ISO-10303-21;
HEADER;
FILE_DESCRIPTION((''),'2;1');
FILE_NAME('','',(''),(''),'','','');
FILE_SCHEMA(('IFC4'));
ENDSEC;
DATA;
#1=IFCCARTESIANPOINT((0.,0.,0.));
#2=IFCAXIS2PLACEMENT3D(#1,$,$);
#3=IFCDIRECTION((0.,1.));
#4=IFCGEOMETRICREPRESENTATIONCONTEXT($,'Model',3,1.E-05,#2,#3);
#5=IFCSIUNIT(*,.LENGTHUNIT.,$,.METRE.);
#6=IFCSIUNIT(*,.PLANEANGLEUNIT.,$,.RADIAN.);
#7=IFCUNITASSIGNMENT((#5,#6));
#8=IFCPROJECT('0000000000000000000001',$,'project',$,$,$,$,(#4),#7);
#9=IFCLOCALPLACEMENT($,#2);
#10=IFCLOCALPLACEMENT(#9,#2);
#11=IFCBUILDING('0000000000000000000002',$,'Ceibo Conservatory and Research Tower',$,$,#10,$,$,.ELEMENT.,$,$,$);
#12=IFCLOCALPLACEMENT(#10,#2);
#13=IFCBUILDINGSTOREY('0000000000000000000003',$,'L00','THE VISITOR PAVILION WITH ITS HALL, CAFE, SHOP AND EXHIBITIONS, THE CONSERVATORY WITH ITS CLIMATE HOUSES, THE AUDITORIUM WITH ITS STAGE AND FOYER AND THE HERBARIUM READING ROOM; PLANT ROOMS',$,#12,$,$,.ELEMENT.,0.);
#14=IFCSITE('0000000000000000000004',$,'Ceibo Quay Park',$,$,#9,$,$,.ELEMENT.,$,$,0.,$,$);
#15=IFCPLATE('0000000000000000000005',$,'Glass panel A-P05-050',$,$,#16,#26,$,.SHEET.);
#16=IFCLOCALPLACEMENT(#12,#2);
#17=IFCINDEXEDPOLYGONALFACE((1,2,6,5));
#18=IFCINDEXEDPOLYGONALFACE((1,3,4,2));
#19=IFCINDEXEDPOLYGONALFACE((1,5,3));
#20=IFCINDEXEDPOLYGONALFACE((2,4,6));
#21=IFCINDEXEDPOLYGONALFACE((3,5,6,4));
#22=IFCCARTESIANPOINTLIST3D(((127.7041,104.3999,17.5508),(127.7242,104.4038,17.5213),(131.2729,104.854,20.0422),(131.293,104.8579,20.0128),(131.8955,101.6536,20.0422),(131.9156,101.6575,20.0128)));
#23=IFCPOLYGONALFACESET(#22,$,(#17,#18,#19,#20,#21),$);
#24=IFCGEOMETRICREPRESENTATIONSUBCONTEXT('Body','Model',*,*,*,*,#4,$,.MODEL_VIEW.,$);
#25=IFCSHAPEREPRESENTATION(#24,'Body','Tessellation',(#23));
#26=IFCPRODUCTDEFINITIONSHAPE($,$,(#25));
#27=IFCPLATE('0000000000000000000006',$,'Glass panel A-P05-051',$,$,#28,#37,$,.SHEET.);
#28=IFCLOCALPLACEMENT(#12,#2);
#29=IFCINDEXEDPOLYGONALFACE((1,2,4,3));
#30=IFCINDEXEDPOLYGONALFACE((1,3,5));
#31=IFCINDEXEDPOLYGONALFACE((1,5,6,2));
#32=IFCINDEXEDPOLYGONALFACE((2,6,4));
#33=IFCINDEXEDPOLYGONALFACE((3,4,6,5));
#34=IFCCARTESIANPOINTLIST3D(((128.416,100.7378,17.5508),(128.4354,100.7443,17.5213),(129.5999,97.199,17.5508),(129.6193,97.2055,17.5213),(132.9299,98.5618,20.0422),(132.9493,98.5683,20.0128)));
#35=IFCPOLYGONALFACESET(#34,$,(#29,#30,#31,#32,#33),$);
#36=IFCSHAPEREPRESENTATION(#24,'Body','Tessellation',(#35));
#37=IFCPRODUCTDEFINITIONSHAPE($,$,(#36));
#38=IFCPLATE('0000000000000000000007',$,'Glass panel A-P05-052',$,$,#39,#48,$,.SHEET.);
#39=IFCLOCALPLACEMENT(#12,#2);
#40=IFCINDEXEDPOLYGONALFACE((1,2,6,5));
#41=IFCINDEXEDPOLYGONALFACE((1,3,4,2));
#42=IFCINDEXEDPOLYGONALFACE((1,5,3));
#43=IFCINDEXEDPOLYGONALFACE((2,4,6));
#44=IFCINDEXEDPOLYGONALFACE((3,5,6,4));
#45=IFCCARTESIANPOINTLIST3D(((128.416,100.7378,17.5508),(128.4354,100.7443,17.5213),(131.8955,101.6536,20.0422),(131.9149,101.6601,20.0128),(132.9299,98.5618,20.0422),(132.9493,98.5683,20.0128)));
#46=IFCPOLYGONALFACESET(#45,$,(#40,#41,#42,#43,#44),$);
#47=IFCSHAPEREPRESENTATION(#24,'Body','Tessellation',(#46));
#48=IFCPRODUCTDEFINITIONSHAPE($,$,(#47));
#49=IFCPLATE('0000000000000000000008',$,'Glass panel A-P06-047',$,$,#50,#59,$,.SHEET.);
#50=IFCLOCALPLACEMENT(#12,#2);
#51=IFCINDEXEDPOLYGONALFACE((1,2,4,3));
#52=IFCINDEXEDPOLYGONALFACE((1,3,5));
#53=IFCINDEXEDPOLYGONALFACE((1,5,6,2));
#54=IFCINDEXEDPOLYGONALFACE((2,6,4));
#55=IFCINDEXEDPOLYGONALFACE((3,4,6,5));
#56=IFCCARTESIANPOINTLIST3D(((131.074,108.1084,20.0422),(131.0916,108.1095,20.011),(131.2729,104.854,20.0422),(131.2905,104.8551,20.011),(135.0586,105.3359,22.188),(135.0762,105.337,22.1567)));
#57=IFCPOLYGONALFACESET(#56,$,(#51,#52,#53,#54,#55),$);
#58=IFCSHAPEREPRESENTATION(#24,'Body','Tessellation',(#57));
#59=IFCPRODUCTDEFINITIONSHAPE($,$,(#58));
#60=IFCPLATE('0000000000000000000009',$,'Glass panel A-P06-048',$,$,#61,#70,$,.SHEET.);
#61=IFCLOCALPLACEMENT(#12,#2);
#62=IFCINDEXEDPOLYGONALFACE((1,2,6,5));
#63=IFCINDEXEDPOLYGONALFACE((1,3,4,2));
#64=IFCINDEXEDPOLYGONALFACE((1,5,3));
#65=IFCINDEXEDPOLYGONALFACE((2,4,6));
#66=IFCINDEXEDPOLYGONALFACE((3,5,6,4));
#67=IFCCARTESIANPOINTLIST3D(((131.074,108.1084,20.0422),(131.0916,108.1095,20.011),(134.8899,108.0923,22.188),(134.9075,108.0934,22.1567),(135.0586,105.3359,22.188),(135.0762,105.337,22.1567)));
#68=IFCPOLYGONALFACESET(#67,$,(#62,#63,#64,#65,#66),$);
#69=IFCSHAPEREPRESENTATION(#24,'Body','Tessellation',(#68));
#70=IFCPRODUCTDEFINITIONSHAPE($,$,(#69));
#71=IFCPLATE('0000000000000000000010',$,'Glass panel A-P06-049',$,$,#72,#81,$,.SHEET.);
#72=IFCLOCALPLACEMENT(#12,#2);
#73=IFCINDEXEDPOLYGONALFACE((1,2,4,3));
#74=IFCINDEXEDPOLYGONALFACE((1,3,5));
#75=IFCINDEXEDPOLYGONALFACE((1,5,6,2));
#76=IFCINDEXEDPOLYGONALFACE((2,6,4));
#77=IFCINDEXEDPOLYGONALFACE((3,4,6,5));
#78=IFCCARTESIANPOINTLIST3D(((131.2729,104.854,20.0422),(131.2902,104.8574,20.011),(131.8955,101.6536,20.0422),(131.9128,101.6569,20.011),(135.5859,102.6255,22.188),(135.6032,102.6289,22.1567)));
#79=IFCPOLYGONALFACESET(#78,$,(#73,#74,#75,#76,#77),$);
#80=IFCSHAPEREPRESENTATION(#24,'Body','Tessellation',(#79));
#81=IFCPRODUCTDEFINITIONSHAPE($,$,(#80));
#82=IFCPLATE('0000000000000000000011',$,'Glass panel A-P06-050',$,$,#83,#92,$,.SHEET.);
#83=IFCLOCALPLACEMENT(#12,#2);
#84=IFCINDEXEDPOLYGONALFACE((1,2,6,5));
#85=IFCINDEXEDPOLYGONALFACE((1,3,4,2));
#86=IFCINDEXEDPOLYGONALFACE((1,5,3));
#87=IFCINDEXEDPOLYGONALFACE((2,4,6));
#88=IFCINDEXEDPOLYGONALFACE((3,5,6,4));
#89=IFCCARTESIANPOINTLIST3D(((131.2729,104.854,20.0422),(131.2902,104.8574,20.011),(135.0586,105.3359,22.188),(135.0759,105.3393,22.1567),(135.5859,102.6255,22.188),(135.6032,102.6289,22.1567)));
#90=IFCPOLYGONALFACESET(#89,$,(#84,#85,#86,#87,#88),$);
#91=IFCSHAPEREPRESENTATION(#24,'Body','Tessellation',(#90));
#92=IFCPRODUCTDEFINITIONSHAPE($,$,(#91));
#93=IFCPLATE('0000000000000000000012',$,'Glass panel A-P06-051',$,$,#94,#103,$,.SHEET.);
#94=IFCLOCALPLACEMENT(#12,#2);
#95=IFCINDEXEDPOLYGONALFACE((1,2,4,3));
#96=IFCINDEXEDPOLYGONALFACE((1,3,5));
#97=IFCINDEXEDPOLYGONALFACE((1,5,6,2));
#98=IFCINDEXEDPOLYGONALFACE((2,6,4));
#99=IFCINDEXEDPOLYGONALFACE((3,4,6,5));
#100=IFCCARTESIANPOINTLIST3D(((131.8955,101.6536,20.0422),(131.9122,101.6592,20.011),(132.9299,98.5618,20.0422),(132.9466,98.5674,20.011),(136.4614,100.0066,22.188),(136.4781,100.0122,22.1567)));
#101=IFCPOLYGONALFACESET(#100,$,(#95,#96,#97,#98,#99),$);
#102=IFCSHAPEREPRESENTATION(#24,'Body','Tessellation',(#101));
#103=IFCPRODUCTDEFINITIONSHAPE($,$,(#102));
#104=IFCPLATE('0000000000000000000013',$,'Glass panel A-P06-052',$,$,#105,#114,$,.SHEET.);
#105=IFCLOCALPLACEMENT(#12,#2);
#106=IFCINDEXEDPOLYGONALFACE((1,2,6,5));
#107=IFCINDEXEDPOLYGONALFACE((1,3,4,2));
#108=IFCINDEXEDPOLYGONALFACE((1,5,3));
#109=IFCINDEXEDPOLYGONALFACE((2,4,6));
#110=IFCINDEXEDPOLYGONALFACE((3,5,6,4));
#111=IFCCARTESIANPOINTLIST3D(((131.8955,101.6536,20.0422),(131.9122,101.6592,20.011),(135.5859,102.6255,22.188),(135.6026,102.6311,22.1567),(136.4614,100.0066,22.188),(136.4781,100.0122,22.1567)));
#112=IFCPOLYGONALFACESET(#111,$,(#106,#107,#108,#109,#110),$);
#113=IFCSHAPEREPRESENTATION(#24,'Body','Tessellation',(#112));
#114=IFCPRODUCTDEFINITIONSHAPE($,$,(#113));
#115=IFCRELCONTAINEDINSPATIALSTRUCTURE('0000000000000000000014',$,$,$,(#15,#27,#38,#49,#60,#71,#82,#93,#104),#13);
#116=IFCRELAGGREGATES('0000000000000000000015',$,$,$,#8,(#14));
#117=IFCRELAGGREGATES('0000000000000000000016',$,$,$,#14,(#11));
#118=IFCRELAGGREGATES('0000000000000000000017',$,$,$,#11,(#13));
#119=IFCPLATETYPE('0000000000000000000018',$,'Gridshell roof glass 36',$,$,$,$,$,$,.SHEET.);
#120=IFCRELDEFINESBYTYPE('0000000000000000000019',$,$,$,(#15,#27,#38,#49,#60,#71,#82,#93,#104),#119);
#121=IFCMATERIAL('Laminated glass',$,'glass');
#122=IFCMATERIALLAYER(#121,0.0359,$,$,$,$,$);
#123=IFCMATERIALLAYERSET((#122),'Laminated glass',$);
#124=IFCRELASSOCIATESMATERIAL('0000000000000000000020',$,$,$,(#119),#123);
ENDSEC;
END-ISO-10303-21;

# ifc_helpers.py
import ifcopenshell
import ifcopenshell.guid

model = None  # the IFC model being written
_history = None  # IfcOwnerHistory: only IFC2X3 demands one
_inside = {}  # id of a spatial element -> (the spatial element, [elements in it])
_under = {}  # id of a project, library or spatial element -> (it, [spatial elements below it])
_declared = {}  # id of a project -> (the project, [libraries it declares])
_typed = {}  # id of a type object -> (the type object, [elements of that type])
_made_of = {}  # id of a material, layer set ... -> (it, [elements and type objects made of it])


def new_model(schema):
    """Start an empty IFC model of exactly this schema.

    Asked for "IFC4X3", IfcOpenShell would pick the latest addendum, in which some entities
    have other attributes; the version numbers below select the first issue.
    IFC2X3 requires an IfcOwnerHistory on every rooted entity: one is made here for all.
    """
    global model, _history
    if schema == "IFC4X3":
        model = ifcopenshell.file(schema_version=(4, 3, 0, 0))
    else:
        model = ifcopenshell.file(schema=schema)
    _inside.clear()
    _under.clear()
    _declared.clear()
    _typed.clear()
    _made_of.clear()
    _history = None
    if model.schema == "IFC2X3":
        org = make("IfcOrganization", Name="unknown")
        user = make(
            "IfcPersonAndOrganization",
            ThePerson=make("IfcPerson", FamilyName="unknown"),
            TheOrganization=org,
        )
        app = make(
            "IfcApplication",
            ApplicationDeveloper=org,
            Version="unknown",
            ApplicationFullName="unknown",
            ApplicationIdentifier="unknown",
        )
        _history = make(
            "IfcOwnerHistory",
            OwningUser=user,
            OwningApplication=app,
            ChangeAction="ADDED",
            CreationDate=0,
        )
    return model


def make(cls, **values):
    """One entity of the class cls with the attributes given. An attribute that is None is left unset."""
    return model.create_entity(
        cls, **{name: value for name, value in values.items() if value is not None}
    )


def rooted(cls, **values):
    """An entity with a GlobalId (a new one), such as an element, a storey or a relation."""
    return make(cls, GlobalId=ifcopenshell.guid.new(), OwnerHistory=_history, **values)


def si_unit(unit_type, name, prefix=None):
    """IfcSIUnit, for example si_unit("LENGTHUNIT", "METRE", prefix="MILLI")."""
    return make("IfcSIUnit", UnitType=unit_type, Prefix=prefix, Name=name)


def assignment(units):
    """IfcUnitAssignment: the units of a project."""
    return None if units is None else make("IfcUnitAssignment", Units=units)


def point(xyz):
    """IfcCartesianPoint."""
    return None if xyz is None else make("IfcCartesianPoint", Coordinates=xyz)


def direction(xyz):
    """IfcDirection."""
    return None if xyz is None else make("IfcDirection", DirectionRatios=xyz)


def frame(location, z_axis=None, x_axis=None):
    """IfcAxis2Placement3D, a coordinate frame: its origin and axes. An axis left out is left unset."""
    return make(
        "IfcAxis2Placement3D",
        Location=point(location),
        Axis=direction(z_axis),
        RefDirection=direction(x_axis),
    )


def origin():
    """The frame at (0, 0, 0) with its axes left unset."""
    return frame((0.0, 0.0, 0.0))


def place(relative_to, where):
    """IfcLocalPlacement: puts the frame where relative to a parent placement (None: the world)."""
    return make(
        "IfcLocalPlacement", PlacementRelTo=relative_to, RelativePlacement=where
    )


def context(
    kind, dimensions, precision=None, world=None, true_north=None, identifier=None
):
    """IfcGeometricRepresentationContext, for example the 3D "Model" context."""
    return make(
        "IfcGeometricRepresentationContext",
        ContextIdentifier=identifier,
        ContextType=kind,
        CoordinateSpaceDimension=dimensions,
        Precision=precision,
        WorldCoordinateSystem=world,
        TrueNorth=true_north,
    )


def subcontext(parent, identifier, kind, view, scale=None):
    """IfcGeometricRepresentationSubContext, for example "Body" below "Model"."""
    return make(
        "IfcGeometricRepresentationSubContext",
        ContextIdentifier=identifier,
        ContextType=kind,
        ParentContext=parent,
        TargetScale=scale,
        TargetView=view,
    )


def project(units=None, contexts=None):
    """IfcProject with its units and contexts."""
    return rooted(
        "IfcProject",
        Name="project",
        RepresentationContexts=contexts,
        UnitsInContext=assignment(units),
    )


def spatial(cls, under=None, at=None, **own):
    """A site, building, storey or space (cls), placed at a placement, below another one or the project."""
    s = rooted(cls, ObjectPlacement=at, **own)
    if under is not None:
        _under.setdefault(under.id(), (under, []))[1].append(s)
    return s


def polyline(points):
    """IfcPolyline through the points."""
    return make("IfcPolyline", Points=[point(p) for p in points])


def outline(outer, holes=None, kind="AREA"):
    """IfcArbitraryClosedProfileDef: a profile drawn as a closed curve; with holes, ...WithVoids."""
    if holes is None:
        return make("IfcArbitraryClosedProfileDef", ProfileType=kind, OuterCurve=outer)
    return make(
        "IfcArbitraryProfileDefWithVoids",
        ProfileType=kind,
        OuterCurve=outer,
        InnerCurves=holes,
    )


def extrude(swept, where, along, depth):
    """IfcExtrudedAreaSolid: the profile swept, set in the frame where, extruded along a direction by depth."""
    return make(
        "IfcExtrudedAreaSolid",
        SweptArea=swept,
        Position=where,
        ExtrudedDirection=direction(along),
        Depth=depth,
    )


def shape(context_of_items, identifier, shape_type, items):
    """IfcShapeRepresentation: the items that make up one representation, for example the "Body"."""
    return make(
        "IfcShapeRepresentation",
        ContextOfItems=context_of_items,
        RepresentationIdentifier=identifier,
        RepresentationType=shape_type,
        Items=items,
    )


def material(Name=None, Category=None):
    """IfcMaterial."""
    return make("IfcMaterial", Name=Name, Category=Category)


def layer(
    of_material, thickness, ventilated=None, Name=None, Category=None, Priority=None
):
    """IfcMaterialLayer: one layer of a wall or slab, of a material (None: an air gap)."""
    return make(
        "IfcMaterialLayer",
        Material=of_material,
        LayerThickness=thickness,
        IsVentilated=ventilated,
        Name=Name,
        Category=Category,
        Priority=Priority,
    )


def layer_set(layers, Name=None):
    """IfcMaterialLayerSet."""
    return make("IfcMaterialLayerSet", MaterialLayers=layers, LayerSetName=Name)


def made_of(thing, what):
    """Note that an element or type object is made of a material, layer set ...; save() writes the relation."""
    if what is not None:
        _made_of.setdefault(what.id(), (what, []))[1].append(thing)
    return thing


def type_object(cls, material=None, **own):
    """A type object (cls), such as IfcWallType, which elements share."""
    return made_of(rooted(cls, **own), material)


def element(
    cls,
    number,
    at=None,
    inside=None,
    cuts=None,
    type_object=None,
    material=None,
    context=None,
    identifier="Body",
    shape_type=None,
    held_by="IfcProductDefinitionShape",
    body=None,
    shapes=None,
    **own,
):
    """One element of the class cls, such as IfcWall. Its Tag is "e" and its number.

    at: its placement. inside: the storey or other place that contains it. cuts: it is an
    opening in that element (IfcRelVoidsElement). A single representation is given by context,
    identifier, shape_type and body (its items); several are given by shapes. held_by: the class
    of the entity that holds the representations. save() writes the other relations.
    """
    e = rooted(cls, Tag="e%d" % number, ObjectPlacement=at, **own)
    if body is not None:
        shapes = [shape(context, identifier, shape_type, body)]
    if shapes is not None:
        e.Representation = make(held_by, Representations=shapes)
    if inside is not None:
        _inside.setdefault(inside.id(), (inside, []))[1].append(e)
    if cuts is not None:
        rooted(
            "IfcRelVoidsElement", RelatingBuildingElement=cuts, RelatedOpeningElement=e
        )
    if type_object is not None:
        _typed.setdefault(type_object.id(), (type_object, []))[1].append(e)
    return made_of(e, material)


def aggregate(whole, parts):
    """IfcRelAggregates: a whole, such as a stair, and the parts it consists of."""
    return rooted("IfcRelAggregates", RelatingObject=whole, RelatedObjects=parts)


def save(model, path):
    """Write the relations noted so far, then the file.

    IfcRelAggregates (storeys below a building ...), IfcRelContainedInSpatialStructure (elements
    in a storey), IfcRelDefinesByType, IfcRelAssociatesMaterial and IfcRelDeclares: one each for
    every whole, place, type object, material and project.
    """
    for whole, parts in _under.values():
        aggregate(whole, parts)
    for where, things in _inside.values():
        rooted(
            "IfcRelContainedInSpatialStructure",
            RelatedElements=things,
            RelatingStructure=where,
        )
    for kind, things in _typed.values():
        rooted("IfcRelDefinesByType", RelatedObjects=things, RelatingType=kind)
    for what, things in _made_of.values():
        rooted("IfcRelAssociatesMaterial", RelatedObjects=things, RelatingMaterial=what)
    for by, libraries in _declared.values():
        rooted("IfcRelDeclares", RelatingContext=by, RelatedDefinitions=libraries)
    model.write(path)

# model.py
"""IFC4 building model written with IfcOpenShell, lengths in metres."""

from ifc_helpers import new_model, si_unit, direction, frame, origin, place, context, subcontext, project, spatial, polyline, outline, extrude, material, layer, layer_set, type_object, element, save


model = new_model("IFC4")

# Units and contexts
model_context = context("Model", 3, precision=1e-05, world=origin(), true_north=direction((0.0, 1.0)))
body_context = subcontext(model_context, "Body", "Model", "MODEL_VIEW")
ifc_project = project(units=[si_unit("LENGTHUNIT", "METRE"), si_unit("PLANEANGLEUNIT", "RADIAN")], contexts=[model_context])

# Site, building, storey
site_placement = place(None, origin())
site = spatial("IfcSite", under=ifc_project, at=site_placement, Name="Ceibo Quay Park", CompositionType="ELEMENT", RefElevation=0.0)
building_placement = place(site_placement, origin())
building = spatial("IfcBuilding", under=site, at=building_placement, Name="Ceibo Conservatory and Research Tower", CompositionType="ELEMENT")
storey_placement = place(building_placement, origin())
storey = spatial("IfcBuildingStorey", under=building, at=storey_placement, Name="L00", Description="THE VISITOR PAVILION WITH ITS HALL, CAFE, SHOP AND EXHIBITIONS, THE CONSERVATORY WITH ITS CLIMATE HOUSES, THE AUDITORIUM WITH ITS STAGE AND FOYER AND THE HERBARIUM READING ROOM; PLANT ROOMS", CompositionType="ELEMENT", Elevation=0.0)

# Plates
ifc_material_1 = material(Name="Laminated glass", Category="glass")
ifc_layer = layer(ifc_material_1, 0.0359)
ifc_layer_set = layer_set([ifc_layer], Name="Laminated glass")
plate_type = type_object("IfcPlateType", Name="Gridshell roof glass 36", PredefinedType="SHEET", material=ifc_layer_set)
plate_1_placement = place(storey_placement, frame((127.7041, 104.3999, 17.5508), z_axis=(-0.55967, -0.108869, 0.821534), x_axis=(0.748972, -0.490749, 0.445204)))
element("IfcPlate", 1, at=plate_1_placement, inside=storey, type_object=plate_type, Name="Glass panel A-P05-050", PredefinedType="SHEET", context=body_context, shape_type="SweptSolid", body=[
    extrude(outline(polyline([(0.0, 0.0), (5.5962, 0.0), (3.5593, 2.5459), (0.0, 0.0)])), origin(), (0.0, 0.0, -1.0), 0.0359),
])
plate_2_placement = place(storey_placement, frame((128.416, 100.7378, 17.5508), z_axis=(-0.540656, -0.180865, 0.821571), x_axis=(0.317248, -0.948343, 0.0)))
element("IfcPlate", 2, at=plate_2_placement, inside=storey, type_object=plate_type, Name="Glass panel A-P05-051", PredefinedType="SHEET", context=body_context, shape_type="SweptSolid", body=[
    extrude(outline(polyline([(0.0, 0.0), (3.7316, 0.0), (3.4956, 4.3702), (0.0, 0.0)])), origin(), (0.0, 0.0, -1.0), 0.0359),
])
plate_3_placement = place(storey_placement, frame((128.416, 100.7378, 17.5508), z_axis=(-0.540662, -0.18089, 0.821561), x_axis=(0.806598, -0.388837, 0.445202)))
element("IfcPlate", 3, at=plate_3_placement, inside=storey, type_object=plate_type, Name="Glass panel A-P05-052", PredefinedType="SHEET", context=body_context, shape_type="SweptSolid", body=[
    extrude(outline(polyline([(0.0, 0.0), (5.5962, 0.0), (3.5597, 2.5459), (0.0, 0.0)])), origin(), (0.0, 0.0, -1.0), 0.0359),
])
plate_4_placement = place(storey_placement, frame((131.074, 108.1084, 20.0422), z_axis=(-0.489998, -0.029959, 0.871208), x_axis=(0.061026, -0.998136, 0.0)))
element("IfcPlate", 4, at=plate_4_placement, inside=storey, type_object=plate_type, Name="Glass panel A-P06-047", PredefinedType="SHEET", context=body_context, shape_type="SweptSolid", body=[
    extrude(outline(polyline([(0.0, 0.0), (3.2605, 0.0), (3.0105, 4.3709), (0.0, 0.0)])), origin(), (0.0, 0.0, -1.0), 0.0359),
])
plate_5_placement = place(storey_placement, frame((131.074, 108.1084, 20.0422), z_axis=(-0.490015, -0.029991, 0.871198), x_axis=(0.750774, -0.522381, 0.404298)))
element("IfcPlate", 5, at=plate_5_placement, inside=storey, type_object=plate_type, Name="Glass panel A-P06-048", PredefinedType="SHEET", context=body_context, shape_type="SweptSolid", body=[
    extrude(outline(polyline([(0.0, 0.0), (5.3074, 0.0), (3.7408, 2.2742), (0.0, 0.0)])), origin(), (0.0, 0.0, -1.0), 0.0359),
])
plate_6_placement = place(storey_placement, frame((131.2729, 104.854, 20.0422), z_axis=(-0.48187, -0.093735, 0.871215), x_axis=(0.190944, -0.981601, 0.0)))
element("IfcPlate", 6, at=plate_6_placement, inside=storey, type_object=plate_type, Name="Glass panel A-P06-049", PredefinedType="SHEET", context=body_context, shape_type="SweptSolid", body=[
    extrude(outline(polyline([(0.0, 0.0), (3.2604, 0.0), (3.0111, 4.371), (0.0, 0.0)])), origin(), (0.0, 0.0, -1.0), 0.0359),
])
plate_7_placement = place(storey_placement, frame((131.2729, 104.854, 20.0422), z_axis=(-0.481877, -0.093754, 0.871209), x_axis=(0.81258, -0.419859, 0.404266)))
element("IfcPlate", 7, at=plate_7_placement, inside=storey, type_object=plate_type, Name="Glass panel A-P06-050", PredefinedType="SHEET", context=body_context, shape_type="SweptSolid", body=[
    extrude(outline(polyline([(0.0, 0.0), (5.3078, 0.0), (3.7413, 2.2739), (0.0, 0.0)])), origin(), (0.0, 0.0, -1.0), 0.0359),
])
plate_8_placement = place(storey_placement, frame((131.8955, 101.6536, 20.0422), z_axis=(-0.4656, -0.155776, 0.871178), x_axis=(0.317283, -0.948331, 0.0)))
element("IfcPlate", 8, at=plate_8_placement, inside=storey, type_object=plate_type, Name="Glass panel A-P06-051", PredefinedType="SHEET", context=body_context, shape_type="SweptSolid", body=[
    extrude(outline(polyline([(0.0, 0.0), (3.2603, 0.0), (3.0106, 4.3705), (0.0, 0.0)])), origin(), (0.0, 0.0, -1.0), 0.0359),
])
plate_9_placement = place(storey_placement, frame((131.8955, 101.6536, 20.0422), z_axis=(-0.465569, -0.155638, 0.871219), x_axis=(0.860356, -0.310339, 0.404324)))
element("IfcPlate", 9, at=plate_9_placement, inside=storey, type_object=plate_type, Name="Glass panel A-P06-052", PredefinedType="SHEET", context=body_context, shape_type="SweptSolid", body=[
    extrude(outline(polyline([(0.0, 0.0), (5.307, 0.0), (3.741, 2.2744), (0.0, 0.0)])), origin(), (0.0, 0.0, -1.0), 0.0359),
])

save(model, "model.ifc")
